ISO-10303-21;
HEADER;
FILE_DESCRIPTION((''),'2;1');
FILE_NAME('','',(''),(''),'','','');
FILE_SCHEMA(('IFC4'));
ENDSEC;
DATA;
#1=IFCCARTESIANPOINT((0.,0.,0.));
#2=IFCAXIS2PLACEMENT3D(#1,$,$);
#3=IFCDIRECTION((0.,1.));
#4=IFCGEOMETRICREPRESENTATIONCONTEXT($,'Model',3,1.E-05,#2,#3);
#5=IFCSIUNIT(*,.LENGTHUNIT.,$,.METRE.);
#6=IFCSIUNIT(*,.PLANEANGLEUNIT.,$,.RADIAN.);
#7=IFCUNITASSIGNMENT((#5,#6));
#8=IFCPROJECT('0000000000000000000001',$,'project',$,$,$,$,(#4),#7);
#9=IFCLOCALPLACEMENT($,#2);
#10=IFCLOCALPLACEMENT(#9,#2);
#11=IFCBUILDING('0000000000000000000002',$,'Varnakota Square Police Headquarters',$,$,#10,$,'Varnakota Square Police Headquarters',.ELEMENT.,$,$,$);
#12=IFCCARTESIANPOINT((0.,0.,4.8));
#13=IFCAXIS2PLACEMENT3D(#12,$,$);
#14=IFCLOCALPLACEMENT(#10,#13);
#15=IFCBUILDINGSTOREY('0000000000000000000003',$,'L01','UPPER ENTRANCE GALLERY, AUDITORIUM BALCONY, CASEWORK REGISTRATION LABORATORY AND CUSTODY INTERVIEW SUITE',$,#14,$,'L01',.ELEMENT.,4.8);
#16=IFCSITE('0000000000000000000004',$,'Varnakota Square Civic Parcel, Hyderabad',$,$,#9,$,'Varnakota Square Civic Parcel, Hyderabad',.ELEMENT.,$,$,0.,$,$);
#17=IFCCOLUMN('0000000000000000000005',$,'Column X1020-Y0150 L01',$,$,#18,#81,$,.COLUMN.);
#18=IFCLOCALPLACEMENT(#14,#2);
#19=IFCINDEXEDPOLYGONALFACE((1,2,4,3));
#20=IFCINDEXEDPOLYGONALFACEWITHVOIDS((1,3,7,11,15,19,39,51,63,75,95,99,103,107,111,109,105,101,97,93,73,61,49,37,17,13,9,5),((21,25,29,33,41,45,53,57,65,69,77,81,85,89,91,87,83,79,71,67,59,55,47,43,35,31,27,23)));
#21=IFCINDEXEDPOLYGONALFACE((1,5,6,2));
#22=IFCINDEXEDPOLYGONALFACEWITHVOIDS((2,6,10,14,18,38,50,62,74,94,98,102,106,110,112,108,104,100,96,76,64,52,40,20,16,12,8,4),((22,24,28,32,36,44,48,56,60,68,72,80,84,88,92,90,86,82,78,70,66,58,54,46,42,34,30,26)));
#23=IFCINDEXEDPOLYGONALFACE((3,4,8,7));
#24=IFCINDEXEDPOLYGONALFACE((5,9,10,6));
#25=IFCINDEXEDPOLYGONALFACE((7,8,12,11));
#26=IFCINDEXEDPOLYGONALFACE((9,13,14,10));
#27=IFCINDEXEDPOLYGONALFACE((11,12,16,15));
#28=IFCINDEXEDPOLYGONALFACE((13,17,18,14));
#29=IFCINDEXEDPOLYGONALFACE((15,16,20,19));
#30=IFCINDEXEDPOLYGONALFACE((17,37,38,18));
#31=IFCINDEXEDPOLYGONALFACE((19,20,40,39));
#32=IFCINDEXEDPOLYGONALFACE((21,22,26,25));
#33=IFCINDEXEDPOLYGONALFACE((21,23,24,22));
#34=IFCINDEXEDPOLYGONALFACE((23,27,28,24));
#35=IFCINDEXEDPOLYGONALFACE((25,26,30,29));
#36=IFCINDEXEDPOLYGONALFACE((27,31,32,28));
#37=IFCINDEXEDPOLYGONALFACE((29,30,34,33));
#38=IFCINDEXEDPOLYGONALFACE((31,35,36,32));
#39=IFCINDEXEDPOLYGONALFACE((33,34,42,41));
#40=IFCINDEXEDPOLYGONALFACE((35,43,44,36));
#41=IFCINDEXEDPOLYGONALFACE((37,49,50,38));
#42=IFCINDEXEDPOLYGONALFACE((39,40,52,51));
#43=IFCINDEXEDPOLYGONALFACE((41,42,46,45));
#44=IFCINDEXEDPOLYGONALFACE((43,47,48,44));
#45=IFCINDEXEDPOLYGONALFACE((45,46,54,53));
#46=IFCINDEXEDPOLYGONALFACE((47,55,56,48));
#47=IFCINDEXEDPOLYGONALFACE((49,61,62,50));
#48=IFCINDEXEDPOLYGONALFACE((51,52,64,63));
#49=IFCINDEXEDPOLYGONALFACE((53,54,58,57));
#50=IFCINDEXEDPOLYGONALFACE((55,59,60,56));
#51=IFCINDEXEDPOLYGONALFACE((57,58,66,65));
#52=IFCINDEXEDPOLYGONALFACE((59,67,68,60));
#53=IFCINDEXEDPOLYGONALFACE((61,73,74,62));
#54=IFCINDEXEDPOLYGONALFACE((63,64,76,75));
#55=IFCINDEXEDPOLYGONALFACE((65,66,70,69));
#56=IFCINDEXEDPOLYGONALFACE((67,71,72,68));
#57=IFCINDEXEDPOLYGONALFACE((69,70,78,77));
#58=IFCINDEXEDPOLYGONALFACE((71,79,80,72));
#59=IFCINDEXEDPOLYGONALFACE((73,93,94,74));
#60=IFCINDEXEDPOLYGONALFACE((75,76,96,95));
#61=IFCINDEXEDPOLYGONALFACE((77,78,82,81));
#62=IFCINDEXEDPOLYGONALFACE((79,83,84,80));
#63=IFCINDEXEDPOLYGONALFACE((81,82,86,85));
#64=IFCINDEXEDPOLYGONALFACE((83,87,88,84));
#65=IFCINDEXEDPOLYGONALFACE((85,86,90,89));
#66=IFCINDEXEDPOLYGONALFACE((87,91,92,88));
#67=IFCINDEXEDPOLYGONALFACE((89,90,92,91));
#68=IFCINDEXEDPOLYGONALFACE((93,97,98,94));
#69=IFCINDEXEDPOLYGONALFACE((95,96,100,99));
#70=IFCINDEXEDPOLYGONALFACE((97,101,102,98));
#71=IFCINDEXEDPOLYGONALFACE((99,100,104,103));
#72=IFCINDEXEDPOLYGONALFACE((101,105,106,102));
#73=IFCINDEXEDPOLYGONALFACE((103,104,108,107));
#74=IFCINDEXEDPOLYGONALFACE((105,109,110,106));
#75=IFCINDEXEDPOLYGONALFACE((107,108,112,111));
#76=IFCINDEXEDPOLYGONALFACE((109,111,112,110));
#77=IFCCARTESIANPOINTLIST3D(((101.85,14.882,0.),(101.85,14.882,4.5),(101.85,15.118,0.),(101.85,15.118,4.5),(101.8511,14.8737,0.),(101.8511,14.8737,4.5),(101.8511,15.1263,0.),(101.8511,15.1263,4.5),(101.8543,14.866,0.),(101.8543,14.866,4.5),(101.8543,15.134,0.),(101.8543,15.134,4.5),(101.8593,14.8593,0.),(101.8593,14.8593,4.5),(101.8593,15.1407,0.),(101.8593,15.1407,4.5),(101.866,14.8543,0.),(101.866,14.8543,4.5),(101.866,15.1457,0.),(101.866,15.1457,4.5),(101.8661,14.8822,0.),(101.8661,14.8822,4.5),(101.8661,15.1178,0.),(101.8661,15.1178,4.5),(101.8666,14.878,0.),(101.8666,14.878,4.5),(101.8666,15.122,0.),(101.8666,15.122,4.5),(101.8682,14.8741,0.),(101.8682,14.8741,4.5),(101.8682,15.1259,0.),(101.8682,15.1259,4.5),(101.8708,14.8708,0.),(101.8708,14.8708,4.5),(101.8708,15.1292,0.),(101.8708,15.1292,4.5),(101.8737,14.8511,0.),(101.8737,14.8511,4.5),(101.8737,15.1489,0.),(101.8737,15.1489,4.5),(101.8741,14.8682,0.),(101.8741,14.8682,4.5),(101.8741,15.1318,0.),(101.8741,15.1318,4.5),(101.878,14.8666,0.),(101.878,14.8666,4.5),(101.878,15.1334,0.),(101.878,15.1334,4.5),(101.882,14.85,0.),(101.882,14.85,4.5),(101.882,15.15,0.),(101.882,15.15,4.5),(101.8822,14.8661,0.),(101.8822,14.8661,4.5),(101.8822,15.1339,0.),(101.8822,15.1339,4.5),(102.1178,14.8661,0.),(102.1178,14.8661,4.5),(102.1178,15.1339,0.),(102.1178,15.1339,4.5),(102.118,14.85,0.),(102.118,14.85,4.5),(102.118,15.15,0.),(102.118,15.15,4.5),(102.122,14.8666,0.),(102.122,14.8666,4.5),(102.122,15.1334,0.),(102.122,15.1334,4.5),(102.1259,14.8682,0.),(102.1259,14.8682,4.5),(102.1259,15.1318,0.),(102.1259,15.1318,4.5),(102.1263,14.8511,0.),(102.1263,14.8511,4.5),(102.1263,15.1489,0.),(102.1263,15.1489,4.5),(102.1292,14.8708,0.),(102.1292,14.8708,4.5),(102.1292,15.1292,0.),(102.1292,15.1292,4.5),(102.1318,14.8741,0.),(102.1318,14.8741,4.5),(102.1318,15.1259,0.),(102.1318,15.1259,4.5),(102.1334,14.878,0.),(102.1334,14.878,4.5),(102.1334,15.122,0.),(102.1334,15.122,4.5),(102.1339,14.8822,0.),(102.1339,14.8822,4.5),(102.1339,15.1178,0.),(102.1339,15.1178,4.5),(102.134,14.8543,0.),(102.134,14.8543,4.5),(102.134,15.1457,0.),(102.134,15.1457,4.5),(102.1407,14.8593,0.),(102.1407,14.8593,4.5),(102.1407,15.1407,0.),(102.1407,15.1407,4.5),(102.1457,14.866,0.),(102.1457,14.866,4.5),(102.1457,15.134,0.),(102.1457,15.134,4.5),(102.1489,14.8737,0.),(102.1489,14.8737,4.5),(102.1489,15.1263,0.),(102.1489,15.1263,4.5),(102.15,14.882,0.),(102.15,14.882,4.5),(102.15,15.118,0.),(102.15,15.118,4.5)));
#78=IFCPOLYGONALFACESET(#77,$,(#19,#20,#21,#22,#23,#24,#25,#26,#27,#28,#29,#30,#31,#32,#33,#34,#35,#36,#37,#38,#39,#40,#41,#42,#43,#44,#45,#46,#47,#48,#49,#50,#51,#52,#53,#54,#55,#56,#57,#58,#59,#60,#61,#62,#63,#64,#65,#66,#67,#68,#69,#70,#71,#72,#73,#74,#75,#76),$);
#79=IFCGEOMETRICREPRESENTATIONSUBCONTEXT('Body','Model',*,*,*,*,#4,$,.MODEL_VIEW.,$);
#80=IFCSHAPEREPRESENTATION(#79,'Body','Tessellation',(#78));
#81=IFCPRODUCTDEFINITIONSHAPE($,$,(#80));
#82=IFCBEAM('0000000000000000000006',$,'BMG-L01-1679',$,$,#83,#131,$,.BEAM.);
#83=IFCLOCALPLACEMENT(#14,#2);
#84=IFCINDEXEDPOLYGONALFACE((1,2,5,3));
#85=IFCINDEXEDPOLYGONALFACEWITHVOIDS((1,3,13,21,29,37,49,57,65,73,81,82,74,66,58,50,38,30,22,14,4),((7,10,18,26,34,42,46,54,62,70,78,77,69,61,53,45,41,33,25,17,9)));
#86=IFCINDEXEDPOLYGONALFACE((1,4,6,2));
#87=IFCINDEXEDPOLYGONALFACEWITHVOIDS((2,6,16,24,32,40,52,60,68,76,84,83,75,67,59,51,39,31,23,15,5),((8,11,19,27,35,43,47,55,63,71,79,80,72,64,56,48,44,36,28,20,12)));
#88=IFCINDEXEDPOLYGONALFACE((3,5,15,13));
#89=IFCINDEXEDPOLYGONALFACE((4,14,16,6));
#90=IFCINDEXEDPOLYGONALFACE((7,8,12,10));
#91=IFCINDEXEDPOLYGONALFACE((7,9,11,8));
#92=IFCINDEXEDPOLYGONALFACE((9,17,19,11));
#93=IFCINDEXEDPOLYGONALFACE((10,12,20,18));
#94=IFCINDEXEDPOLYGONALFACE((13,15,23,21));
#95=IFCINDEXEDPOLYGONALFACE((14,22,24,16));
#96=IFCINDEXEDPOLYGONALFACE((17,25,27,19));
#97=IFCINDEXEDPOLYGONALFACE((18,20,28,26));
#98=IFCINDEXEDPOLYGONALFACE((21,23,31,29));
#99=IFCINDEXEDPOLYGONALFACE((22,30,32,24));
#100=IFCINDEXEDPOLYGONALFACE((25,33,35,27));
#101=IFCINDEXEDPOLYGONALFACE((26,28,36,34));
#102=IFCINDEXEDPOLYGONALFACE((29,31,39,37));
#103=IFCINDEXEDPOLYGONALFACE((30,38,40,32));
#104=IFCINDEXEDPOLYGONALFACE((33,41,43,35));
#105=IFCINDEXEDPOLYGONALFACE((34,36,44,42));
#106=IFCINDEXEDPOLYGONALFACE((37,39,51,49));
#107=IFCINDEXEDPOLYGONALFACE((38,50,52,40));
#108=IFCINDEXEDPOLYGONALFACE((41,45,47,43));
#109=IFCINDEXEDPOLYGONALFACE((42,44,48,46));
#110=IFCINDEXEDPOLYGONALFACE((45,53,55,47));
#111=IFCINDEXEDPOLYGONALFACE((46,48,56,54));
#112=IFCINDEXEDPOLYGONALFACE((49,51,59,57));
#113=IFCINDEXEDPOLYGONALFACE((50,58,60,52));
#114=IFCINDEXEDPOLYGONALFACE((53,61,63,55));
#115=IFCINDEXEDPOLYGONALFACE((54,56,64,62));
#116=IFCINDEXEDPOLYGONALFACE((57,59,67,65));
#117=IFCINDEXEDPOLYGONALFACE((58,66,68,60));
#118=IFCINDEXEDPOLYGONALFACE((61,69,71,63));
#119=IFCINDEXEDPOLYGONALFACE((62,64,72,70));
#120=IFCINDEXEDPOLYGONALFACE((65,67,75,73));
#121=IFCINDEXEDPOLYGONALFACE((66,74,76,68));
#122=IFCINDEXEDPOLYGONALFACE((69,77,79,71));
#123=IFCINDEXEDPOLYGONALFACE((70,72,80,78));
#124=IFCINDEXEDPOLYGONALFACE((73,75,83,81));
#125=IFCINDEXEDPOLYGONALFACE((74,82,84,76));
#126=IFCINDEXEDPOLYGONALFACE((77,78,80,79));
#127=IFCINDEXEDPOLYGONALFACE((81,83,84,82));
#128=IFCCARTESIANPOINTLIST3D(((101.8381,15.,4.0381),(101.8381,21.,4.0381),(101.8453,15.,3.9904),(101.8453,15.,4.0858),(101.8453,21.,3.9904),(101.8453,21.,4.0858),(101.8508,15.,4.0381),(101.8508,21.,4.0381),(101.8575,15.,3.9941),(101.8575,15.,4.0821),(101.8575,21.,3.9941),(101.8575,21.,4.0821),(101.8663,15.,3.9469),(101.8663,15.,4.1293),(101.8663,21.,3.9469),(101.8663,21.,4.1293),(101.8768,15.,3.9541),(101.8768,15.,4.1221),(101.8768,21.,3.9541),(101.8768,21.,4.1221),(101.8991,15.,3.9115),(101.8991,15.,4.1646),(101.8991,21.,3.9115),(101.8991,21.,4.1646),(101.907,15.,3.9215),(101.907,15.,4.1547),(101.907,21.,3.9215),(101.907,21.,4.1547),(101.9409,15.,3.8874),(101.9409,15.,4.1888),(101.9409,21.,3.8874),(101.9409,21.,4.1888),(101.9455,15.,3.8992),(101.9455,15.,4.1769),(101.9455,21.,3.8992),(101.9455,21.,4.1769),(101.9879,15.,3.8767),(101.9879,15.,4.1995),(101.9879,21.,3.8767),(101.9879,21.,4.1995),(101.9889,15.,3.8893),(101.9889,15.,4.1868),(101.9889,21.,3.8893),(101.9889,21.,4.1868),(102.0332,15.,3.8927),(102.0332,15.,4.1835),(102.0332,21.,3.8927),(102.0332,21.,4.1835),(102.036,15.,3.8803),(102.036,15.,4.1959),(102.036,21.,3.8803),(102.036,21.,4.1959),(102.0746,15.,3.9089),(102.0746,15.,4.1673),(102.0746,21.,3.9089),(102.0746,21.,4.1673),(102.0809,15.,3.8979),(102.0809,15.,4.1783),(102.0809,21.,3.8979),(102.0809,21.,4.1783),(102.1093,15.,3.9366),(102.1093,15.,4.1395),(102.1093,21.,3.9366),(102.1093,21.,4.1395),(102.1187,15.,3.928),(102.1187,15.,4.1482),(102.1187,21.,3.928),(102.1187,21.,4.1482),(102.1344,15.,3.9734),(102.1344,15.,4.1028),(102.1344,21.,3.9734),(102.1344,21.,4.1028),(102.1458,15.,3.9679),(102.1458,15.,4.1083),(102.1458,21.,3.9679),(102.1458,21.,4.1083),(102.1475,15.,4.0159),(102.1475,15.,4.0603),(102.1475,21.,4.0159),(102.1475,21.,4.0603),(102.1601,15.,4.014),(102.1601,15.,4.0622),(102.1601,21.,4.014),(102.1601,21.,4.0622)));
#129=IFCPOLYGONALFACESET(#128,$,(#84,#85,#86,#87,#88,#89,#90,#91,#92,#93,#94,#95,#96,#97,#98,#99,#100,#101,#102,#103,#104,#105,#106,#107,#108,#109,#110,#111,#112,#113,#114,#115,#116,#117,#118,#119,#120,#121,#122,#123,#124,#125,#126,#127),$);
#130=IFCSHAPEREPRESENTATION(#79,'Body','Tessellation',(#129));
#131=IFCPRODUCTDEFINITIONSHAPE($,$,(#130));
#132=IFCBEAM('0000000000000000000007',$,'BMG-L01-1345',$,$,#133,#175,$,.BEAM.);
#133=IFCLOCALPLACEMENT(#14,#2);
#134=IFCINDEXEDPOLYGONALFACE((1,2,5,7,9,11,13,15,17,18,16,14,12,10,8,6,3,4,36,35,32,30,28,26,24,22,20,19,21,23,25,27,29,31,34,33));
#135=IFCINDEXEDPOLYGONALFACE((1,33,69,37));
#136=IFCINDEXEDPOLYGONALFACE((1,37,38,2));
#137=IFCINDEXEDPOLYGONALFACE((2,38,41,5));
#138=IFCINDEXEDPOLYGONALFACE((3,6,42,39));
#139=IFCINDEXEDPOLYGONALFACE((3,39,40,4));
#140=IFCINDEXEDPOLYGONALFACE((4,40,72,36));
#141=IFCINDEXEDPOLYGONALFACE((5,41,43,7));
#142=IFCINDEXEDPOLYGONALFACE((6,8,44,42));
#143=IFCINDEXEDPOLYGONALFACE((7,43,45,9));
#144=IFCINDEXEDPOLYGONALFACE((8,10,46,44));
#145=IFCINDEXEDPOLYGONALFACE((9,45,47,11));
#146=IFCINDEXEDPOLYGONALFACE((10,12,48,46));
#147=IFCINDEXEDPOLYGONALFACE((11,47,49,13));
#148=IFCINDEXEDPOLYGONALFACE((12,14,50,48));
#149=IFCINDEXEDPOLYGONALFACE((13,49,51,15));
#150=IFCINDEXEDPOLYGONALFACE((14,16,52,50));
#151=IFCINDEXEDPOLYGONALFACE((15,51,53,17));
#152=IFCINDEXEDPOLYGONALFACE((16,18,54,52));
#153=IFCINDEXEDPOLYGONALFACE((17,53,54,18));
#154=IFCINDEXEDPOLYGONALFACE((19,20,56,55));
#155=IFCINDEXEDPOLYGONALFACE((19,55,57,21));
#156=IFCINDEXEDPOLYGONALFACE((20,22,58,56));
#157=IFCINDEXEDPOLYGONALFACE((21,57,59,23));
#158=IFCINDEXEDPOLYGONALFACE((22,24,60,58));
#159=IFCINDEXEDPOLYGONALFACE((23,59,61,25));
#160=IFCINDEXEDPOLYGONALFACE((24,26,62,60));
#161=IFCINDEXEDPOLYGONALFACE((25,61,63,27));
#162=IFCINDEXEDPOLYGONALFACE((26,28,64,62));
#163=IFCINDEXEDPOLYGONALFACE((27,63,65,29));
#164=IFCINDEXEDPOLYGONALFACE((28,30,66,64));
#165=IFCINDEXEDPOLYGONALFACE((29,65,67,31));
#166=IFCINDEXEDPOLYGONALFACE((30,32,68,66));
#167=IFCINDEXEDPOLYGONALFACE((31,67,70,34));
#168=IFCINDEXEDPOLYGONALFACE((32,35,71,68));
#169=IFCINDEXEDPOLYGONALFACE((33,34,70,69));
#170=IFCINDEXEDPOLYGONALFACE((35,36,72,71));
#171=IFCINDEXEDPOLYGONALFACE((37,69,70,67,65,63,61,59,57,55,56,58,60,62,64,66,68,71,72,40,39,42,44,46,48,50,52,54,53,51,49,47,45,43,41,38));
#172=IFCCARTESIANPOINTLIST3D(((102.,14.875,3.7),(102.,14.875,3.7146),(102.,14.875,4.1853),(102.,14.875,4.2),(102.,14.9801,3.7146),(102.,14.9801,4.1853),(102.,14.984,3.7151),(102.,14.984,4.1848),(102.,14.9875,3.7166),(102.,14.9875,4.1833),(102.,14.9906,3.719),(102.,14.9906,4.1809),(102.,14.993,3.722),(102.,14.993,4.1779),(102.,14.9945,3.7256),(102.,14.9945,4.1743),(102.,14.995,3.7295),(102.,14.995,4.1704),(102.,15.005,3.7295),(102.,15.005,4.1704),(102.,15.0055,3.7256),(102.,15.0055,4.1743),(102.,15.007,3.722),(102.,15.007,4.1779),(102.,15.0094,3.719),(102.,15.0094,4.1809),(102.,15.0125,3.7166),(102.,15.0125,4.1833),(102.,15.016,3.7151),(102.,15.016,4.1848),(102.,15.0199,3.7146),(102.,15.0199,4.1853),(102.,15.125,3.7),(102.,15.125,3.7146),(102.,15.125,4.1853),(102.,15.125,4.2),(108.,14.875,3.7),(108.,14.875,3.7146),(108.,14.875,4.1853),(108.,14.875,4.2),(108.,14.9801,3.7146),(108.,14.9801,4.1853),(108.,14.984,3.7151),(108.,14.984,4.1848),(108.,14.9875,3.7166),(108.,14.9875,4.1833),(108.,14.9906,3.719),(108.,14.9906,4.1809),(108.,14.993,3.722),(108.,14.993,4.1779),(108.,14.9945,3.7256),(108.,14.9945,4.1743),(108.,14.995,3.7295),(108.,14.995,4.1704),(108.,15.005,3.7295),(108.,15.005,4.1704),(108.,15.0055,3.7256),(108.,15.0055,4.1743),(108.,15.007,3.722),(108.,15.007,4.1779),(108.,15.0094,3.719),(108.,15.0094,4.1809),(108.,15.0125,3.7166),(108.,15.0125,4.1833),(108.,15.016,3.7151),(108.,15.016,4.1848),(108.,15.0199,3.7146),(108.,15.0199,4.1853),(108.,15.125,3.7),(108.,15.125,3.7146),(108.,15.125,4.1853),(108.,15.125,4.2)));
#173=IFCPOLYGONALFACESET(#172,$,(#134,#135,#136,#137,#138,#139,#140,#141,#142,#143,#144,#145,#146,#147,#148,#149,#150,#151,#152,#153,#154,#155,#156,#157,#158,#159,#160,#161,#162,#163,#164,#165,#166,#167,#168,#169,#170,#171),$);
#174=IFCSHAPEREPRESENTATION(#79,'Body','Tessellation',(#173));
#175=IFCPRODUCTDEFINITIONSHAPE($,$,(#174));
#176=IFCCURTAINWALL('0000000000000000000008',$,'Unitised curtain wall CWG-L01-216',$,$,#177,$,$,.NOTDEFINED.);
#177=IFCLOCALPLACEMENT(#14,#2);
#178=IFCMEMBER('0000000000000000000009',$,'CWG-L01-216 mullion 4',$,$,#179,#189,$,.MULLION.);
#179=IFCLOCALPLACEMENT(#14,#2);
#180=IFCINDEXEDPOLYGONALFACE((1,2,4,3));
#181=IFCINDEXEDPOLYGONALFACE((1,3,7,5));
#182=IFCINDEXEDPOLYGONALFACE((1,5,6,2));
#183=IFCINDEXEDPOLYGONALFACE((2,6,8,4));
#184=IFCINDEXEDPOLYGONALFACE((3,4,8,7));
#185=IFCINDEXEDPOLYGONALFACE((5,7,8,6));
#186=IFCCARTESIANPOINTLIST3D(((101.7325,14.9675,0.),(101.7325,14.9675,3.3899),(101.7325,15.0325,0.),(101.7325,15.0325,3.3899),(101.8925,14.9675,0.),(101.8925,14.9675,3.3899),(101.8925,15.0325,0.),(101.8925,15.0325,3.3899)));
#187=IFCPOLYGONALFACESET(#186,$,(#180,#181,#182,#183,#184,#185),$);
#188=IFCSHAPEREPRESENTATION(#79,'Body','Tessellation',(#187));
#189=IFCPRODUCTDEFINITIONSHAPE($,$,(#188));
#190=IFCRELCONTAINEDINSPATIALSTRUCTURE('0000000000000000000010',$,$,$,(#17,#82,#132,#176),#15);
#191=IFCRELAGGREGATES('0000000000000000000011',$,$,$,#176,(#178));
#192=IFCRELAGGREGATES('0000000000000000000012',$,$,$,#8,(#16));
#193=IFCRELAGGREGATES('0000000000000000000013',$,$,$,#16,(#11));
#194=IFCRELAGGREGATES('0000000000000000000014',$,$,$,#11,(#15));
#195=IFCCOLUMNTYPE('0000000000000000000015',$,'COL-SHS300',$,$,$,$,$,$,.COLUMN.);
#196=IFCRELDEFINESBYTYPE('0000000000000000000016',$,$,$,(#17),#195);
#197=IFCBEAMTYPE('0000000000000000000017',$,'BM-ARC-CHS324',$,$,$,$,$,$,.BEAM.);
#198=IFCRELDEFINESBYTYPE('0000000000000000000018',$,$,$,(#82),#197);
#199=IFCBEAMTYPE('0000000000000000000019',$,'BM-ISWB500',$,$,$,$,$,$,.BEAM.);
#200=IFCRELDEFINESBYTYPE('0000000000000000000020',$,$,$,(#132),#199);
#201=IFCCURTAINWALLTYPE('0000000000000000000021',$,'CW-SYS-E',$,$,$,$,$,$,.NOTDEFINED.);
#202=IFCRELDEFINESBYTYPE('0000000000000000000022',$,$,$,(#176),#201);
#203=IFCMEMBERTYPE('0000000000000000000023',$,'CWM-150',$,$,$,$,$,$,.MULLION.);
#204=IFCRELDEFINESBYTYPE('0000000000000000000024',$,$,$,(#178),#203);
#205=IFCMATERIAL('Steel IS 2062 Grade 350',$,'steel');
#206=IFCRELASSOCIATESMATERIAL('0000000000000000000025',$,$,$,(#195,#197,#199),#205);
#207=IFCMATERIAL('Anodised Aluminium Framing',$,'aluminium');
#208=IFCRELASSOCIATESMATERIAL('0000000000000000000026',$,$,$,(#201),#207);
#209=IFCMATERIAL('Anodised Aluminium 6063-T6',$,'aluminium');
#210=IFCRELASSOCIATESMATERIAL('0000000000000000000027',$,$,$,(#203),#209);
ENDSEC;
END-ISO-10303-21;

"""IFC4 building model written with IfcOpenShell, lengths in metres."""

from ifc_helpers import new_model, si_unit, direction, frame, origin, origin_2d, place, context, subcontext, project, spatial, rectangle, hollow_rectangle, hollow_circle, i_section, extrude, material, material_profile, profile_set, type_object, element, aggregate, save


model = new_model("IFC4")

# Units and contexts
model_context = context("Model", 3, precision=1e-05, world=origin(), true_north=direction((0.0, 1.0)))
body_context = subcontext(model_context, "Body", "Model", "MODEL_VIEW")
ifc_project = project(units=[si_unit("LENGTHUNIT", "METRE"), si_unit("PLANEANGLEUNIT", "RADIAN")], contexts=[model_context])

# Site, building, storey
site_placement = place(None, origin())
site = spatial("IfcSite", under=ifc_project, at=site_placement, Name="Varnakota Square Civic Parcel, Hyderabad", LongName="Varnakota Square Civic Parcel, Hyderabad", CompositionType="ELEMENT", RefElevation=0.0)
building_placement = place(site_placement, origin())
building = spatial("IfcBuilding", under=site, at=building_placement, Name="Varnakota Square Police Headquarters", LongName="Varnakota Square Police Headquarters", CompositionType="ELEMENT")
storey_placement = place(building_placement, frame((0.0, 0.0, 4.8)))
storey = spatial("IfcBuildingStorey", under=building, at=storey_placement, Name="L01", Description="UPPER ENTRANCE GALLERY, AUDITORIUM BALCONY, CASEWORK REGISTRATION LABORATORY AND CUSTODY INTERVIEW SUITE", LongName="L01", CompositionType="ELEMENT", Elevation=4.8)

# Column
ifc_material_1 = material(Name="Steel IS 2062 Grade 350", Category="steel")
ifc_material_profile_1 = material_profile(ifc_material_1, hollow_rectangle(XDim=0.3, YDim=0.3, WallThickness=0.0161, InnerFilletRadius=0.0161, OuterFilletRadius=0.032, at=origin_2d()), Name="SHS 300x300x16")
ifc_profile_set_1 = profile_set([ifc_material_profile_1], Name="Steel IS 2062 Grade 350")
column_type = type_object("IfcColumnType", Name="COL-SHS300", PredefinedType="COLUMN", material=ifc_profile_set_1)
column_placement = place(storey_placement, frame((102.0, 15.0, 0.0), z_axis=(0.0, 0.0, 1.0), x_axis=(1.0, 0.0, 0.0)))
element("IfcColumn", 1, at=column_placement, inside=storey, type_object=column_type, Name="Column X1020-Y0150 L01", PredefinedType="COLUMN", context=body_context, shape_type="SweptSolid", body=[
    extrude(hollow_rectangle(XDim=0.3, YDim=0.3, WallThickness=0.0161, InnerFilletRadius=0.0161, OuterFilletRadius=0.032, at=origin_2d()), origin(), (0.0, 0.0, 1.0), 4.5),
])

# Beams
ifc_material_profile_2 = material_profile(ifc_material_1, hollow_circle(Radius=0.1619, WallThickness=0.0127, at=origin_2d()), Name="CHS 323.9x12.7")
ifc_profile_set_2 = profile_set([ifc_material_profile_2], Name="Steel IS 2062 Grade 350")
beam_type_1 = type_object("IfcBeamType", Name="BM-ARC-CHS324", PredefinedType="BEAM", material=ifc_profile_set_2)
beam_1_placement = place(storey_placement, frame((102.0, 15.0, 4.0381), z_axis=(0.0, 1.0, 0.0), x_axis=(-1.0, 0.0, 0.0)))
element("IfcBeam", 2, at=beam_1_placement, inside=storey, type_object=beam_type_1, Name="BMG-L01-1679", PredefinedType="BEAM", context=body_context, shape_type="SweptSolid", body=[
    extrude(hollow_circle(Radius=0.1619, WallThickness=0.0127, at=origin_2d()), origin(), (0.0, 0.0, 1.0), 6.0),
])
ifc_material_profile_3 = material_profile(ifc_material_1, i_section(OverallWidth=0.25, OverallDepth=0.5, WebThickness=0.01, FlangeThickness=0.0146, FilletRadius=0.0149, at=origin_2d()), Name="ISWB 500")
ifc_profile_set_3 = profile_set([ifc_material_profile_3], Name="Steel IS 2062 Grade 350")
beam_type_2 = type_object("IfcBeamType", Name="BM-ISWB500", PredefinedType="BEAM", material=ifc_profile_set_3)
beam_2_placement = place(storey_placement, frame((102.0, 15.0, 3.95), z_axis=(1.0, 0.0, 0.0), x_axis=(0.0, 1.0, 0.0)))
element("IfcBeam", 3, at=beam_2_placement, inside=storey, type_object=beam_type_2, Name="BMG-L01-1345", PredefinedType="BEAM", context=body_context, shape_type="SweptSolid", body=[
    extrude(i_section(OverallWidth=0.25, OverallDepth=0.5, WebThickness=0.01, FlangeThickness=0.0146, FilletRadius=0.0149, at=origin_2d()), origin(), (0.0, 0.0, 1.0), 6.0),
])

# Curtain wall, member
ifc_material_2 = material(Name="Anodised Aluminium Framing", Category="aluminium")
curtain_wall_type = type_object("IfcCurtainWallType", Name="CW-SYS-E", PredefinedType="NOTDEFINED", material=ifc_material_2)
curtain_wall_1_placement = place(storey_placement, origin())
curtain_wall_1 = element("IfcCurtainWall", 4, at=curtain_wall_1_placement, inside=storey, type_object=curtain_wall_type, Name="Unitised curtain wall CWG-L01-216", PredefinedType="NOTDEFINED")
ifc_material_3 = material(Name="Anodised Aluminium 6063-T6", Category="aluminium")
ifc_material_profile_4 = material_profile(ifc_material_3, rectangle(XDim=0.0649, YDim=0.1599, at=origin_2d()), Name="ALU MULLION 65x160")
ifc_profile_set_4 = profile_set([ifc_material_profile_4], Name="Anodised Aluminium 6063-T6")
member_type_1 = type_object("IfcMemberType", Name="CWM-150", PredefinedType="MULLION", material=ifc_profile_set_4)
member_1_placement = place(storey_placement, frame((101.8125, 15.0, 0.0), z_axis=(0.0, 0.0, 1.0), x_axis=(0.0, 1.0, 0.0)))
member_1 = element("IfcMember", 5, at=member_1_placement, type_object=member_type_1, Name="CWG-L01-216 mullion 4", PredefinedType="MULLION", context=body_context, shape_type="SweptSolid", body=[
    extrude(rectangle(XDim=0.0649, YDim=0.1599, at=origin_2d()), origin(), (0.0, 0.0, 1.0), 3.3899),
])

aggregate(curtain_wall_1, [member_1])

save(model, "model.ifc")
